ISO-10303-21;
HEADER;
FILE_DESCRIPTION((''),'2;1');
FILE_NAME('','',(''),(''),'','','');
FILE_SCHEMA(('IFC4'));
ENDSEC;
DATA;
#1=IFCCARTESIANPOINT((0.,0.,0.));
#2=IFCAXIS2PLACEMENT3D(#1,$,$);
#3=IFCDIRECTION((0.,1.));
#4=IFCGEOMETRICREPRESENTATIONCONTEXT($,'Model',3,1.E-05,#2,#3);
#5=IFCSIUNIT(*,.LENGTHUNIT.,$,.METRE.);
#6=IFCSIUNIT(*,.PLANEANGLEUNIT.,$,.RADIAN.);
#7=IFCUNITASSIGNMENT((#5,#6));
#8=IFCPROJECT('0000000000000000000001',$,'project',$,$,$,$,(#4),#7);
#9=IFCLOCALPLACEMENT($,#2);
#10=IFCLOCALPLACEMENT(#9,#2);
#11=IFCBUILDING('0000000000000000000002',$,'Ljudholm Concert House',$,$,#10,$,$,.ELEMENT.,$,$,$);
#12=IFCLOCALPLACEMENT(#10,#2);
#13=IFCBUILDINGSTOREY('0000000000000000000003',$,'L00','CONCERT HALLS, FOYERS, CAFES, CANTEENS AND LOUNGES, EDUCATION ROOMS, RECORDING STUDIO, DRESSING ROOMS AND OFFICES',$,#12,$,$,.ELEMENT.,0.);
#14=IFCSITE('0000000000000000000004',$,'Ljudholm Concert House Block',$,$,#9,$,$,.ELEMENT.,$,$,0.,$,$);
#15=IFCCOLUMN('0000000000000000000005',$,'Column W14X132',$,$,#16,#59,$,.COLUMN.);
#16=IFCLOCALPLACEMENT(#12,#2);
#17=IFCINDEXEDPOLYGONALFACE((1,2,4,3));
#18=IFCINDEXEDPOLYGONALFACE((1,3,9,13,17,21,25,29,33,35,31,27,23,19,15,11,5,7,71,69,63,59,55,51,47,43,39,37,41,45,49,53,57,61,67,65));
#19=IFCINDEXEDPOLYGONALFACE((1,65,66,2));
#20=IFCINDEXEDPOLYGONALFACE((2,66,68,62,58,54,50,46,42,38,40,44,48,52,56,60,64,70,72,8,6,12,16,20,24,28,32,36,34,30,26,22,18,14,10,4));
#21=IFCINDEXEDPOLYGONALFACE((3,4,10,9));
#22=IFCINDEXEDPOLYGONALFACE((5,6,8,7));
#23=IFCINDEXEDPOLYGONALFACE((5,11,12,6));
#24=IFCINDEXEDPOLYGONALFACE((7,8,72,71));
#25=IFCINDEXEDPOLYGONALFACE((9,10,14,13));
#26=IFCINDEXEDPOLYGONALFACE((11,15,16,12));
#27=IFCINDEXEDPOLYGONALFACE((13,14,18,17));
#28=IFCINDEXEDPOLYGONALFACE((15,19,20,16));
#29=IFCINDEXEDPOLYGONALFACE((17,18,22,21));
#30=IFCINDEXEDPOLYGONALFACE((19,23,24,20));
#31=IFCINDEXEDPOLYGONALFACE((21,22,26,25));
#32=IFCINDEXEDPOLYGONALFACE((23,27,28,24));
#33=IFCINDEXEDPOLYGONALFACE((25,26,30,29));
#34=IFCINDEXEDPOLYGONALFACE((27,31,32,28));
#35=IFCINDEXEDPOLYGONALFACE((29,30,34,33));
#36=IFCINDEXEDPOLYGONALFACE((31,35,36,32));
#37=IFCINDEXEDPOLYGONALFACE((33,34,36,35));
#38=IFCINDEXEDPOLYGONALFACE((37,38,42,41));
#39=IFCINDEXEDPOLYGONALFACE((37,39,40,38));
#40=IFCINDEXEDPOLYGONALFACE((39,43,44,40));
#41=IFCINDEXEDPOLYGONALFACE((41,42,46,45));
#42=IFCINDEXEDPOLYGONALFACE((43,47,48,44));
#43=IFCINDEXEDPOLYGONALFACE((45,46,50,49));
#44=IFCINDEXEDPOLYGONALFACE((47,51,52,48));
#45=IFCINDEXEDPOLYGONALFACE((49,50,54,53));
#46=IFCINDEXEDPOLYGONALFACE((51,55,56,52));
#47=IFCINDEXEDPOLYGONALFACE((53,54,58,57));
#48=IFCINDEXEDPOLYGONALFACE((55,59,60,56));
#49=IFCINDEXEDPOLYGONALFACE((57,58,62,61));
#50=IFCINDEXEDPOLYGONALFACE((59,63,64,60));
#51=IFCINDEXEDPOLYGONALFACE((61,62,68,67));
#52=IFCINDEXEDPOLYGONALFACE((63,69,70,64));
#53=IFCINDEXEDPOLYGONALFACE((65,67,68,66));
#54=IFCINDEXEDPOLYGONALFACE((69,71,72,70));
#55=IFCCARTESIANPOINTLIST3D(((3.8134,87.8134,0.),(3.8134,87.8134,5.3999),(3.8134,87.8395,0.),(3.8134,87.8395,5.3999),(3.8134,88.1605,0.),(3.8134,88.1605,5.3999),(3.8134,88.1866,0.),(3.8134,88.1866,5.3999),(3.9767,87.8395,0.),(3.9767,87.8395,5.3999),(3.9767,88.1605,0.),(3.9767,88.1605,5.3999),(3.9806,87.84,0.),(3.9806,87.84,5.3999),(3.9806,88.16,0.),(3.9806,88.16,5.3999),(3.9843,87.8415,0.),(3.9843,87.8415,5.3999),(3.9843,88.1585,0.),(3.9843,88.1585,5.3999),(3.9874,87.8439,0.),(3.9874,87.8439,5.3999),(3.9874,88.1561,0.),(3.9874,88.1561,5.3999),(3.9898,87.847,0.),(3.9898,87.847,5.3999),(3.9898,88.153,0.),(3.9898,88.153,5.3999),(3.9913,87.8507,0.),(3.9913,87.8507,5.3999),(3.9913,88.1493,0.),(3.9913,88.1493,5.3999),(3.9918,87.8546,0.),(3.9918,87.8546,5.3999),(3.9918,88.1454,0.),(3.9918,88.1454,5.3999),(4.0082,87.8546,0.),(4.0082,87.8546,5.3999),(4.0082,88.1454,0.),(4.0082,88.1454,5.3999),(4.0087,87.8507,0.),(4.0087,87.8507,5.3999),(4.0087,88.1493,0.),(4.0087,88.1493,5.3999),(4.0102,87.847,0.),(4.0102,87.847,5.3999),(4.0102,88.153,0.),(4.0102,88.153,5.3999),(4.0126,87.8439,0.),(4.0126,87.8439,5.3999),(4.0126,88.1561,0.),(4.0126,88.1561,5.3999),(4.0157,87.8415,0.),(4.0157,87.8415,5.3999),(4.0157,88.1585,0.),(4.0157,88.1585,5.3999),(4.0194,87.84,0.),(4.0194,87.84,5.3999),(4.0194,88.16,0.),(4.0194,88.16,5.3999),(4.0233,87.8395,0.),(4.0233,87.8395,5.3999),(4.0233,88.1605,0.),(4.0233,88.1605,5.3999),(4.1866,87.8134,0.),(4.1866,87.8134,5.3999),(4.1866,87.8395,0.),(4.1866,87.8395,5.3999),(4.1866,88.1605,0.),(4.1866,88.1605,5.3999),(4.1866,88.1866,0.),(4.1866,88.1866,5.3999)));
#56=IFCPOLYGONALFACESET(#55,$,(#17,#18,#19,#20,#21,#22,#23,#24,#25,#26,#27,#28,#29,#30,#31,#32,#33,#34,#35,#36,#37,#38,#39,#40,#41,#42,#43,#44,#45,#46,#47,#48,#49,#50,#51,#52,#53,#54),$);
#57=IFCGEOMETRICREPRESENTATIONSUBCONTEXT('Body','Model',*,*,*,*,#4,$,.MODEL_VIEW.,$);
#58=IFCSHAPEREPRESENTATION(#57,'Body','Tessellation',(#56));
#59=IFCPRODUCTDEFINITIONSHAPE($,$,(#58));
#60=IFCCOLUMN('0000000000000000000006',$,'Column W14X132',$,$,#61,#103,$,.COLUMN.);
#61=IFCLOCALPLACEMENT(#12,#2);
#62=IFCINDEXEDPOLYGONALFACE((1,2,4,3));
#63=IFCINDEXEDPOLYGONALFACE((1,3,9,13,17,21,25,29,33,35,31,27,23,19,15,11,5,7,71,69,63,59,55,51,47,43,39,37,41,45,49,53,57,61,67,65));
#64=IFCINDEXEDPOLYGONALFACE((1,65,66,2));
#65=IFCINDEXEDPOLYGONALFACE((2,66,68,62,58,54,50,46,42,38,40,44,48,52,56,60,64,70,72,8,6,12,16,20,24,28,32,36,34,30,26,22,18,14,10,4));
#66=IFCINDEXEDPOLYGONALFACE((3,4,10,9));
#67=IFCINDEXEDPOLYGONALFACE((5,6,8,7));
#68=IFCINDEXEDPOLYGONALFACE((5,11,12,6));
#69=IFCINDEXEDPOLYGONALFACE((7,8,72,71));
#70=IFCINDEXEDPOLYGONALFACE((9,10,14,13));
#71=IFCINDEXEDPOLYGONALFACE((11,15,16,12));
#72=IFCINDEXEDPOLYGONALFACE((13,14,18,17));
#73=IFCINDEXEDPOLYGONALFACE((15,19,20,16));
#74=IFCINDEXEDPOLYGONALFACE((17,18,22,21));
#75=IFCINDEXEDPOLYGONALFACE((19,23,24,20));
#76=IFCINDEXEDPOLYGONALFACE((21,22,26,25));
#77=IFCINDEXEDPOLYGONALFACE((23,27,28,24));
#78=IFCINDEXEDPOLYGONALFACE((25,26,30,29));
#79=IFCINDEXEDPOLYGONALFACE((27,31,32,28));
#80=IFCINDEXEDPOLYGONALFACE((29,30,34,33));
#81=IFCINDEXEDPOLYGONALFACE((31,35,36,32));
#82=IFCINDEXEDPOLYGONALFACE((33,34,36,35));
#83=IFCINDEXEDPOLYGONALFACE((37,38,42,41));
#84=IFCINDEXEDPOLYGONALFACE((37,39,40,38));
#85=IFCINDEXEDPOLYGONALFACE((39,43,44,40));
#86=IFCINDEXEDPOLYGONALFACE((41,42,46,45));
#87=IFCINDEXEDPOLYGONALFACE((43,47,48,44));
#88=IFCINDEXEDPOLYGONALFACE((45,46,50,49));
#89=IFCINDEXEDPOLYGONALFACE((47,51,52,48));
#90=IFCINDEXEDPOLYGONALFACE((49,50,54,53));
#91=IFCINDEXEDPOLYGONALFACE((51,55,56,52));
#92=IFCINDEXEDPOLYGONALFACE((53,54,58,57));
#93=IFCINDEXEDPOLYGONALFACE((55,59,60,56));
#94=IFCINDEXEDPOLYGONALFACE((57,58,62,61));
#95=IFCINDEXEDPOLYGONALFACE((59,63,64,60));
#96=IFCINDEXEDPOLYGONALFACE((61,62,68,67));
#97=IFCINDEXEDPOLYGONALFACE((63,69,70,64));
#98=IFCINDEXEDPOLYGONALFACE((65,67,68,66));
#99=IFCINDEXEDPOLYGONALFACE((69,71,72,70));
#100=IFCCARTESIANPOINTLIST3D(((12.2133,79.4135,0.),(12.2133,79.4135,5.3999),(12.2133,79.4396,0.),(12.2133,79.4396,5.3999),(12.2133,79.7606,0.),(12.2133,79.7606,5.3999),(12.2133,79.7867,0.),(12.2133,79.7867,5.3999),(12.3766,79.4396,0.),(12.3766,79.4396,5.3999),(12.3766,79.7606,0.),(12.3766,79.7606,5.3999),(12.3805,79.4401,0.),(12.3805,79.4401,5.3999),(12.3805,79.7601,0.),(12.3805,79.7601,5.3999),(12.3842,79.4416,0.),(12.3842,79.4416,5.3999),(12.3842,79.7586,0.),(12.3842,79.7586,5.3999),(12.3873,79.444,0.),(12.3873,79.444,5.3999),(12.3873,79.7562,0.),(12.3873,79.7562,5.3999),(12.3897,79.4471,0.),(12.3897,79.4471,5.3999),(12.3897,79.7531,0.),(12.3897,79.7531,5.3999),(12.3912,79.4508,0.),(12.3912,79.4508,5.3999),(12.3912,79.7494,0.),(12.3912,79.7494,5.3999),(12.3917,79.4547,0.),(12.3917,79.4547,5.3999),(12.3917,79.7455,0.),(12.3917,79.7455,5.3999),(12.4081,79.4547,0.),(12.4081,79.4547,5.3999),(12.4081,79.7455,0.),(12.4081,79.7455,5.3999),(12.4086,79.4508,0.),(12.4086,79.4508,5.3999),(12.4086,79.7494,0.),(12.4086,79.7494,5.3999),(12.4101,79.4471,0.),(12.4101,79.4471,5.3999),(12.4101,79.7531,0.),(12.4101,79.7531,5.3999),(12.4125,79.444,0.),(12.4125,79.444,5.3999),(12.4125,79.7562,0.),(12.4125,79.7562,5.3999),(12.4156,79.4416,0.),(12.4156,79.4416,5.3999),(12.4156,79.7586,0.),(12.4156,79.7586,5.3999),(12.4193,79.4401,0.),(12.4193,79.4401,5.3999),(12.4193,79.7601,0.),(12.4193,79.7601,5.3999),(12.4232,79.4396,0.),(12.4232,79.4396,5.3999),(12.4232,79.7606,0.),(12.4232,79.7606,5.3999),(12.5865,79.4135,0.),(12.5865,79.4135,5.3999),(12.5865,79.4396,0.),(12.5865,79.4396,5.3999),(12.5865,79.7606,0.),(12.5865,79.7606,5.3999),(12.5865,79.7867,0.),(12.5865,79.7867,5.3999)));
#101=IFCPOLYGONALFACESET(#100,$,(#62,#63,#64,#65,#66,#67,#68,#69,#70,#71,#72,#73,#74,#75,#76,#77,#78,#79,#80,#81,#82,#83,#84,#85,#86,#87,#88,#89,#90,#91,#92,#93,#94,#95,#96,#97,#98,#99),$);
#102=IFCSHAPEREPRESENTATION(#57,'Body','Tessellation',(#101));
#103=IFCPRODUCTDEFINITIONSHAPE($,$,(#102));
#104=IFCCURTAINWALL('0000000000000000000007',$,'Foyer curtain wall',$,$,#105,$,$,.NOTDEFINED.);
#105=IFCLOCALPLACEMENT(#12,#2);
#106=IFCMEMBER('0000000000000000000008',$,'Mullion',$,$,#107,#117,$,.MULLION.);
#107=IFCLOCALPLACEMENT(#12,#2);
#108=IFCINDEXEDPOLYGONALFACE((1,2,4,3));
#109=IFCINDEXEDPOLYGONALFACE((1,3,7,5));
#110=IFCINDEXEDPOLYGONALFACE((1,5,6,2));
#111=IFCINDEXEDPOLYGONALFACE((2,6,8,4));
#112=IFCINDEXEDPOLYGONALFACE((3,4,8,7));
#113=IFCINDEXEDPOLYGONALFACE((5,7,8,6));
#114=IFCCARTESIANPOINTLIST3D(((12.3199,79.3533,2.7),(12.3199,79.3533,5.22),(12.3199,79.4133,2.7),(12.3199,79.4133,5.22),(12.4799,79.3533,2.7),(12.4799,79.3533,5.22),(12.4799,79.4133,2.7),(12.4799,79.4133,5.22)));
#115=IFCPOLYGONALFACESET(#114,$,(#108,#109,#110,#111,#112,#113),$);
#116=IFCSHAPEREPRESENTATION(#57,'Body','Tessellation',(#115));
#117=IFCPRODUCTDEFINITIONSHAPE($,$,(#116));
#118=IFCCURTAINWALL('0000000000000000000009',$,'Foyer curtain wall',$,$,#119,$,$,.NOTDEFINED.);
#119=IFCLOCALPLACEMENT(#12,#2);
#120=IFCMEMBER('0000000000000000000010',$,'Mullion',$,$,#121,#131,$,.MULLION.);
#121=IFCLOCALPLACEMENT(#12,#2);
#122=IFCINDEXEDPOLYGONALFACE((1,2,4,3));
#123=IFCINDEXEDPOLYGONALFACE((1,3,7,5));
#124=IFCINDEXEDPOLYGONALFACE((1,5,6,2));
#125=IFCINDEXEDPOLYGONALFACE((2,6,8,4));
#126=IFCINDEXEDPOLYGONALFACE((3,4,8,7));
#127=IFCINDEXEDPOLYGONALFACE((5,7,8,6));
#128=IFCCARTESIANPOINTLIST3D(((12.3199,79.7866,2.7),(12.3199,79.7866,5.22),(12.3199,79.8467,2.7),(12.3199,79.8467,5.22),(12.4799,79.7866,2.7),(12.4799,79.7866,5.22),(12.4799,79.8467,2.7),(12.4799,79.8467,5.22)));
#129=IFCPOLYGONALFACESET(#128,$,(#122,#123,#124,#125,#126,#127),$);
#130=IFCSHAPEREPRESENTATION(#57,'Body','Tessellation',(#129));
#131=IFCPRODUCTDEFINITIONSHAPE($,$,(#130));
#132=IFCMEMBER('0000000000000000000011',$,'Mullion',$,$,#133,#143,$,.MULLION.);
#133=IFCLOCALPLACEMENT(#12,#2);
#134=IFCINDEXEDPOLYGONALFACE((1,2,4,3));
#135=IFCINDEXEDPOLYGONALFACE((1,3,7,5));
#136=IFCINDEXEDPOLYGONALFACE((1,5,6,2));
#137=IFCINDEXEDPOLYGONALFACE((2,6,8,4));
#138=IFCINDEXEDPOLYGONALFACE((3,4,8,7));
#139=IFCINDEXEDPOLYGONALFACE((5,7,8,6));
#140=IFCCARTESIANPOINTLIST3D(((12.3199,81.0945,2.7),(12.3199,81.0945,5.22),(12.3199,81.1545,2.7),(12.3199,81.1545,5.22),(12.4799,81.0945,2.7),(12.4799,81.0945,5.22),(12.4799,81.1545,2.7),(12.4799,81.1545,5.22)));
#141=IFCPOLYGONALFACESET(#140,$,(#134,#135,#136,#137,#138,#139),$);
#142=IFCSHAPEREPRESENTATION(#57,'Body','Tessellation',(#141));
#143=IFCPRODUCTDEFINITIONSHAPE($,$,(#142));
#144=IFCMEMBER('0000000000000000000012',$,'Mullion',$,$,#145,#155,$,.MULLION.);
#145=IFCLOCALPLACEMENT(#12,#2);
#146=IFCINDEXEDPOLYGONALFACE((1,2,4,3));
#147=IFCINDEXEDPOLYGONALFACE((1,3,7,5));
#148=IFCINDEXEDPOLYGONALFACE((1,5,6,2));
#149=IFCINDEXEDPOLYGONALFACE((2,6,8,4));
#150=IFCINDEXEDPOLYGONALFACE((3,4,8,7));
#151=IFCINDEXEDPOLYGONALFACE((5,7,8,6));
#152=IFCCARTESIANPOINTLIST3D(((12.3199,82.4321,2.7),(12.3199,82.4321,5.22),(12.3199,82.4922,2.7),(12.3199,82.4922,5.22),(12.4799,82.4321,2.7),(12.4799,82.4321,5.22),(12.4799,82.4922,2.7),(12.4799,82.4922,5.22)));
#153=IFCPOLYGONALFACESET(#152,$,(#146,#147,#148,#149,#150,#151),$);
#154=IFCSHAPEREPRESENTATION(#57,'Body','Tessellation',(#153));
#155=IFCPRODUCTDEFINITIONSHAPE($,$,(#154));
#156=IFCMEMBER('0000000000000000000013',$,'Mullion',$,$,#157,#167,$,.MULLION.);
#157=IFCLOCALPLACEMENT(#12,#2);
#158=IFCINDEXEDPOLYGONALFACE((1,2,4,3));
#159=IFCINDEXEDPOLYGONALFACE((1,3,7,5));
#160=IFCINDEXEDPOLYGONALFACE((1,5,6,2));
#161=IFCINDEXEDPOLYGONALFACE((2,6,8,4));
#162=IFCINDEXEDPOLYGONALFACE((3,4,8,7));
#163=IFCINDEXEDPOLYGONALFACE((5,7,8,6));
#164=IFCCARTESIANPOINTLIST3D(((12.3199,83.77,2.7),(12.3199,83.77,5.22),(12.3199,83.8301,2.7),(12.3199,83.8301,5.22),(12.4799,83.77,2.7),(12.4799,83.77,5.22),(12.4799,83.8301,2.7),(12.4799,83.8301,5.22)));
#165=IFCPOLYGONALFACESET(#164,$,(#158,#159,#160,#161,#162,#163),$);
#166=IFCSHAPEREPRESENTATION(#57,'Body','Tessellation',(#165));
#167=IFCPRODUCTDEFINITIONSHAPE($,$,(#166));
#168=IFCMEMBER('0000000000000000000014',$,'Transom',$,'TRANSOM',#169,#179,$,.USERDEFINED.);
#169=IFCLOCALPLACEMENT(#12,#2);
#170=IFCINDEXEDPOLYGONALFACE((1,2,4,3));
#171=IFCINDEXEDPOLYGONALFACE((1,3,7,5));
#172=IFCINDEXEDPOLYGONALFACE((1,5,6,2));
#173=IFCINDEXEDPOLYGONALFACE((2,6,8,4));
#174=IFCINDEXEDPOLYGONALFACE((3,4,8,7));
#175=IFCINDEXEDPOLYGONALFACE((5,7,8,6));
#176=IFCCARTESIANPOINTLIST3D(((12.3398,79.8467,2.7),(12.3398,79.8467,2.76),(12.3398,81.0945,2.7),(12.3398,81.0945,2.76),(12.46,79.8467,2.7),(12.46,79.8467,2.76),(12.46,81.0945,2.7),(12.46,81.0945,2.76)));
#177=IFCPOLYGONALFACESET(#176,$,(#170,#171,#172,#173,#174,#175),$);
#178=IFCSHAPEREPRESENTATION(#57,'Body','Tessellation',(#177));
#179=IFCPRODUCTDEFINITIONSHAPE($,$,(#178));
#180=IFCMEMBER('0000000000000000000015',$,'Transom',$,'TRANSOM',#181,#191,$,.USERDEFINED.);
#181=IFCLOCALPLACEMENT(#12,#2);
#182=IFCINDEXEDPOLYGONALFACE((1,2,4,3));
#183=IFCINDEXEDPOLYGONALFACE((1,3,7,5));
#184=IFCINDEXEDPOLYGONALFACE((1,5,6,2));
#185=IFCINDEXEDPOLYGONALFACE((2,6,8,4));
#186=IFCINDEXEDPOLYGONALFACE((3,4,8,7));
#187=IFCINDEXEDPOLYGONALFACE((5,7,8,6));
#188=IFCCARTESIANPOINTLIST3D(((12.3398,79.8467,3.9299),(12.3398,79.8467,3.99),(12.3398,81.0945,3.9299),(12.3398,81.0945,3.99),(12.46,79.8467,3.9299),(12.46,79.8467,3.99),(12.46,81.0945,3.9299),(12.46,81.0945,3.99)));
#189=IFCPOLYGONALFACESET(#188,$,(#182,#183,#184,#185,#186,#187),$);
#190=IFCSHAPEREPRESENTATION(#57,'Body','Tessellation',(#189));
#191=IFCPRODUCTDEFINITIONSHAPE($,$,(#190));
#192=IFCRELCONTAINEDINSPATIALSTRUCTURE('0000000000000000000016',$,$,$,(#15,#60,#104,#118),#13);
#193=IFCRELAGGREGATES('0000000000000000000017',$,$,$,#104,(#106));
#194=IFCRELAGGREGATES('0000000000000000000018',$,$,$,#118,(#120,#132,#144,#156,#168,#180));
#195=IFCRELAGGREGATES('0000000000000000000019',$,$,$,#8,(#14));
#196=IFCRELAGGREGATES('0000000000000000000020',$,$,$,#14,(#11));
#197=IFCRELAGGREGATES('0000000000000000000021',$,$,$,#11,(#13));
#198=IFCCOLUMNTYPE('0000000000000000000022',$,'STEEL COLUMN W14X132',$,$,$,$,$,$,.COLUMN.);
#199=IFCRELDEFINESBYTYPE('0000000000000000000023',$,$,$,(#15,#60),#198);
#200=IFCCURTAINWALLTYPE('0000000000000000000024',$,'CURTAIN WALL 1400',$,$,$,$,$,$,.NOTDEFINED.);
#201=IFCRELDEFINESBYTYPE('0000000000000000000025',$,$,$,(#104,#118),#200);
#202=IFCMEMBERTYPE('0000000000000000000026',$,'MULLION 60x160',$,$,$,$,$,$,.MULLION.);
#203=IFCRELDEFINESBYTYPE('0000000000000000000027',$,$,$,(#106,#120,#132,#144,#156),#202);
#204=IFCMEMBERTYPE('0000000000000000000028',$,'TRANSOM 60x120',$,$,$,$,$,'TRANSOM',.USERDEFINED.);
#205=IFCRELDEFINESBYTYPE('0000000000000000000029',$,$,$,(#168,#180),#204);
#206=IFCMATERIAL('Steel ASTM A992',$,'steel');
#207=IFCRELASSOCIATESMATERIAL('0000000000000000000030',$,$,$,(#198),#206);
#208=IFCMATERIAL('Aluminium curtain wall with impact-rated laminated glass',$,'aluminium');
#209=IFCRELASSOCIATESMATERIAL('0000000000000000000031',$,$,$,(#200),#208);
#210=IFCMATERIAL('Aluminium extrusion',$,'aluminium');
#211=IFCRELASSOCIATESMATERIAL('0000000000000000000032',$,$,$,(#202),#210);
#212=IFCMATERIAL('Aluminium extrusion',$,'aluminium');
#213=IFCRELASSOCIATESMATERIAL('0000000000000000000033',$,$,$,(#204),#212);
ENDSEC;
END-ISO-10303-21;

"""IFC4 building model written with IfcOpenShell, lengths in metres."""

from ifc_helpers import new_model, si_unit, direction, frame, origin, origin_2d, place, context, subcontext, project, spatial, rectangle, i_section, extrude, material, material_profile, profile_set, type_object, element, aggregate, save


model = new_model("IFC4")

# Units and contexts
model_context = context("Model", 3, precision=1e-05, world=origin(), true_north=direction((0.0, 1.0)))
body_context = subcontext(model_context, "Body", "Model", "MODEL_VIEW")
ifc_project = project(units=[si_unit("LENGTHUNIT", "METRE"), si_unit("PLANEANGLEUNIT", "RADIAN")], contexts=[model_context])

# Site, building, storey
site_placement = place(None, origin())
site = spatial("IfcSite", under=ifc_project, at=site_placement, Name="Ljudholm Concert House Block", CompositionType="ELEMENT", RefElevation=0.0)
building_placement = place(site_placement, origin())
building = spatial("IfcBuilding", under=site, at=building_placement, Name="Ljudholm Concert House", CompositionType="ELEMENT")
storey_placement = place(building_placement, origin())
storey = spatial("IfcBuildingStorey", under=building, at=storey_placement, Name="L00", Description="CONCERT HALLS, FOYERS, CAFES, CANTEENS AND LOUNGES, EDUCATION ROOMS, RECORDING STUDIO, DRESSING ROOMS AND OFFICES", CompositionType="ELEMENT", Elevation=0.0)

# Columns
ifc_material_1 = material(Name="Steel ASTM A992", Category="steel")
ifc_material_profile_1 = material_profile(ifc_material_1, i_section(OverallWidth=0.3733, OverallDepth=0.3733, WebThickness=0.0164, FlangeThickness=0.0261, FilletRadius=0.0151, at=origin_2d()), Name="W14X132")
ifc_profile_set_1 = profile_set([ifc_material_profile_1], Name="Steel ASTM A992")
column_type = type_object("IfcColumnType", Name="STEEL COLUMN W14X132", PredefinedType="COLUMN", material=ifc_profile_set_1)
for number, where, z_axis, x_axis, name in (
    (1, (4.0, 88.0, 0.0), (0.0, 0.0, 1.0), (1.0, 0.0, 0.0), "Column W14X132"),
    (2, (12.3999, 79.6001, 0.0), (0.0, 0.0, 1.0), (1.0, 0.0, 0.0), "Column W14X132"),
):
    element("IfcColumn", number, at=place(storey_placement, frame(where, z_axis=z_axis, x_axis=x_axis)), inside=storey, type_object=column_type, Name=name, PredefinedType="COLUMN", context=body_context, shape_type="SweptSolid", body=[
        extrude(i_section(OverallWidth=0.3733, OverallDepth=0.3733, WebThickness=0.0164, FlangeThickness=0.0261, FilletRadius=0.0151, at=origin_2d()), origin(), (0.0, 0.0, 1.0), 5.3999),
    ])

# Curtain wall, member
ifc_material_2 = material(Name="Aluminium curtain wall with impact-rated laminated glass", Category="aluminium")
curtain_wall_type = type_object("IfcCurtainWallType", Name="CURTAIN WALL 1400", PredefinedType="NOTDEFINED", material=ifc_material_2)
curtain_wall_1_placement = place(storey_placement, origin())
curtain_wall_1 = element("IfcCurtainWall", 3, at=curtain_wall_1_placement, inside=storey, type_object=curtain_wall_type, Name="Foyer curtain wall", PredefinedType="NOTDEFINED")
ifc_material_3 = material(Name="Aluminium extrusion", Category="aluminium")
ifc_material_profile_2 = material_profile(ifc_material_3, rectangle(XDim=0.1599, YDim=0.0601, at=origin_2d()), Name="MULLION 60x160")
ifc_profile_set_2 = profile_set([ifc_material_profile_2], Name="Aluminium extrusion")
member_type_1 = type_object("IfcMemberType", Name="MULLION 60x160", PredefinedType="MULLION", material=ifc_profile_set_2)
member_1_placement = place(storey_placement, frame((12.3999, 79.3833, 2.7), z_axis=(0.0, 0.0, 1.0), x_axis=(-1.0, 0.0, 0.0)))
member_1 = element("IfcMember", 4, at=member_1_placement, type_object=member_type_1, Name="Mullion", PredefinedType="MULLION", context=body_context, shape_type="SweptSolid", body=[
    extrude(rectangle(XDim=0.1599, YDim=0.0601, at=origin_2d()), origin(), (0.0, 0.0, 1.0), 2.52),
])

# Curtain wall, members
curtain_wall_2_placement = place(storey_placement, origin())
curtain_wall_2 = element("IfcCurtainWall", 5, at=curtain_wall_2_placement, inside=storey, type_object=curtain_wall_type, Name="Foyer curtain wall", PredefinedType="NOTDEFINED")
member_2_placement = place(storey_placement, frame((12.3999, 79.8167, 2.7), z_axis=(0.0, 0.0, 1.0), x_axis=(-1.0, 0.0, 0.0)))
member_2 = element("IfcMember", 6, at=member_2_placement, type_object=member_type_1, Name="Mullion", PredefinedType="MULLION", context=body_context, shape_type="SweptSolid", body=[
    extrude(rectangle(XDim=0.1599, YDim=0.0601, at=origin_2d()), origin(), (0.0, 0.0, 1.0), 2.52),
])
member_3_placement = place(storey_placement, frame((12.3999, 81.1245, 2.7), z_axis=(0.0, 0.0, 1.0), x_axis=(-1.0, 0.0, 0.0)))
member_3 = element("IfcMember", 7, at=member_3_placement, type_object=member_type_1, Name="Mullion", PredefinedType="MULLION", context=body_context, shape_type="SweptSolid", body=[
    extrude(rectangle(XDim=0.1599, YDim=0.0601, at=origin_2d()), origin(), (0.0, 0.0, 1.0), 2.52),
])
member_4_placement = place(storey_placement, frame((12.3999, 82.4622, 2.7), z_axis=(0.0, 0.0, 1.0), x_axis=(-1.0, 0.0, 0.0)))
member_4 = element("IfcMember", 8, at=member_4_placement, type_object=member_type_1, Name="Mullion", PredefinedType="MULLION", context=body_context, shape_type="SweptSolid", body=[
    extrude(rectangle(XDim=0.1599, YDim=0.0601, at=origin_2d()), origin(), (0.0, 0.0, 1.0), 2.52),
])
member_5_placement = place(storey_placement, frame((12.3999, 83.8, 2.7), z_axis=(0.0, 0.0, 1.0), x_axis=(-1.0, 0.0, 0.0)))
member_5 = element("IfcMember", 9, at=member_5_placement, type_object=member_type_1, Name="Mullion", PredefinedType="MULLION", context=body_context, shape_type="SweptSolid", body=[
    extrude(rectangle(XDim=0.1599, YDim=0.0601, at=origin_2d()), origin(), (0.0, 0.0, 1.0), 2.52),
])
ifc_material_4 = material(Name="Aluminium extrusion", Category="aluminium")
ifc_material_profile_3 = material_profile(ifc_material_4, rectangle(XDim=0.1201, YDim=0.0601, at=origin_2d()), Name="TRANSOM 60x120")
ifc_profile_set_3 = profile_set([ifc_material_profile_3], Name="Aluminium extrusion")
member_type_2 = type_object("IfcMemberType", Name="TRANSOM 60x120", ElementType="TRANSOM", PredefinedType="USERDEFINED", material=ifc_profile_set_3)
member_6_placement = place(storey_placement, frame((12.3999, 79.8467, 2.73), z_axis=(0.0, 1.0, 0.0), x_axis=(-1.0, 0.0, 0.0)))
member_6 = element("IfcMember", 10, at=member_6_placement, type_object=member_type_2, Name="Transom", ObjectType="TRANSOM", PredefinedType="USERDEFINED", context=body_context, shape_type="SweptSolid", body=[
    extrude(rectangle(XDim=0.1201, YDim=0.0601, at=origin_2d()), origin(), (0.0, 0.0, 1.0), 1.2478),
])
member_7_placement = place(storey_placement, frame((12.3999, 79.8467, 3.96), z_axis=(0.0, 1.0, 0.0), x_axis=(-1.0, 0.0, 0.0)))
member_7 = element("IfcMember", 11, at=member_7_placement, type_object=member_type_2, Name="Transom", ObjectType="TRANSOM", PredefinedType="USERDEFINED", context=body_context, shape_type="SweptSolid", body=[
    extrude(rectangle(XDim=0.1201, YDim=0.0601, at=origin_2d()), origin(), (0.0, 0.0, 1.0), 1.2478),
])

aggregate(curtain_wall_1, [member_1])
aggregate(curtain_wall_2, [member_2, member_3, member_4, member_5, member_6, member_7])

save(model, "model.ifc")
